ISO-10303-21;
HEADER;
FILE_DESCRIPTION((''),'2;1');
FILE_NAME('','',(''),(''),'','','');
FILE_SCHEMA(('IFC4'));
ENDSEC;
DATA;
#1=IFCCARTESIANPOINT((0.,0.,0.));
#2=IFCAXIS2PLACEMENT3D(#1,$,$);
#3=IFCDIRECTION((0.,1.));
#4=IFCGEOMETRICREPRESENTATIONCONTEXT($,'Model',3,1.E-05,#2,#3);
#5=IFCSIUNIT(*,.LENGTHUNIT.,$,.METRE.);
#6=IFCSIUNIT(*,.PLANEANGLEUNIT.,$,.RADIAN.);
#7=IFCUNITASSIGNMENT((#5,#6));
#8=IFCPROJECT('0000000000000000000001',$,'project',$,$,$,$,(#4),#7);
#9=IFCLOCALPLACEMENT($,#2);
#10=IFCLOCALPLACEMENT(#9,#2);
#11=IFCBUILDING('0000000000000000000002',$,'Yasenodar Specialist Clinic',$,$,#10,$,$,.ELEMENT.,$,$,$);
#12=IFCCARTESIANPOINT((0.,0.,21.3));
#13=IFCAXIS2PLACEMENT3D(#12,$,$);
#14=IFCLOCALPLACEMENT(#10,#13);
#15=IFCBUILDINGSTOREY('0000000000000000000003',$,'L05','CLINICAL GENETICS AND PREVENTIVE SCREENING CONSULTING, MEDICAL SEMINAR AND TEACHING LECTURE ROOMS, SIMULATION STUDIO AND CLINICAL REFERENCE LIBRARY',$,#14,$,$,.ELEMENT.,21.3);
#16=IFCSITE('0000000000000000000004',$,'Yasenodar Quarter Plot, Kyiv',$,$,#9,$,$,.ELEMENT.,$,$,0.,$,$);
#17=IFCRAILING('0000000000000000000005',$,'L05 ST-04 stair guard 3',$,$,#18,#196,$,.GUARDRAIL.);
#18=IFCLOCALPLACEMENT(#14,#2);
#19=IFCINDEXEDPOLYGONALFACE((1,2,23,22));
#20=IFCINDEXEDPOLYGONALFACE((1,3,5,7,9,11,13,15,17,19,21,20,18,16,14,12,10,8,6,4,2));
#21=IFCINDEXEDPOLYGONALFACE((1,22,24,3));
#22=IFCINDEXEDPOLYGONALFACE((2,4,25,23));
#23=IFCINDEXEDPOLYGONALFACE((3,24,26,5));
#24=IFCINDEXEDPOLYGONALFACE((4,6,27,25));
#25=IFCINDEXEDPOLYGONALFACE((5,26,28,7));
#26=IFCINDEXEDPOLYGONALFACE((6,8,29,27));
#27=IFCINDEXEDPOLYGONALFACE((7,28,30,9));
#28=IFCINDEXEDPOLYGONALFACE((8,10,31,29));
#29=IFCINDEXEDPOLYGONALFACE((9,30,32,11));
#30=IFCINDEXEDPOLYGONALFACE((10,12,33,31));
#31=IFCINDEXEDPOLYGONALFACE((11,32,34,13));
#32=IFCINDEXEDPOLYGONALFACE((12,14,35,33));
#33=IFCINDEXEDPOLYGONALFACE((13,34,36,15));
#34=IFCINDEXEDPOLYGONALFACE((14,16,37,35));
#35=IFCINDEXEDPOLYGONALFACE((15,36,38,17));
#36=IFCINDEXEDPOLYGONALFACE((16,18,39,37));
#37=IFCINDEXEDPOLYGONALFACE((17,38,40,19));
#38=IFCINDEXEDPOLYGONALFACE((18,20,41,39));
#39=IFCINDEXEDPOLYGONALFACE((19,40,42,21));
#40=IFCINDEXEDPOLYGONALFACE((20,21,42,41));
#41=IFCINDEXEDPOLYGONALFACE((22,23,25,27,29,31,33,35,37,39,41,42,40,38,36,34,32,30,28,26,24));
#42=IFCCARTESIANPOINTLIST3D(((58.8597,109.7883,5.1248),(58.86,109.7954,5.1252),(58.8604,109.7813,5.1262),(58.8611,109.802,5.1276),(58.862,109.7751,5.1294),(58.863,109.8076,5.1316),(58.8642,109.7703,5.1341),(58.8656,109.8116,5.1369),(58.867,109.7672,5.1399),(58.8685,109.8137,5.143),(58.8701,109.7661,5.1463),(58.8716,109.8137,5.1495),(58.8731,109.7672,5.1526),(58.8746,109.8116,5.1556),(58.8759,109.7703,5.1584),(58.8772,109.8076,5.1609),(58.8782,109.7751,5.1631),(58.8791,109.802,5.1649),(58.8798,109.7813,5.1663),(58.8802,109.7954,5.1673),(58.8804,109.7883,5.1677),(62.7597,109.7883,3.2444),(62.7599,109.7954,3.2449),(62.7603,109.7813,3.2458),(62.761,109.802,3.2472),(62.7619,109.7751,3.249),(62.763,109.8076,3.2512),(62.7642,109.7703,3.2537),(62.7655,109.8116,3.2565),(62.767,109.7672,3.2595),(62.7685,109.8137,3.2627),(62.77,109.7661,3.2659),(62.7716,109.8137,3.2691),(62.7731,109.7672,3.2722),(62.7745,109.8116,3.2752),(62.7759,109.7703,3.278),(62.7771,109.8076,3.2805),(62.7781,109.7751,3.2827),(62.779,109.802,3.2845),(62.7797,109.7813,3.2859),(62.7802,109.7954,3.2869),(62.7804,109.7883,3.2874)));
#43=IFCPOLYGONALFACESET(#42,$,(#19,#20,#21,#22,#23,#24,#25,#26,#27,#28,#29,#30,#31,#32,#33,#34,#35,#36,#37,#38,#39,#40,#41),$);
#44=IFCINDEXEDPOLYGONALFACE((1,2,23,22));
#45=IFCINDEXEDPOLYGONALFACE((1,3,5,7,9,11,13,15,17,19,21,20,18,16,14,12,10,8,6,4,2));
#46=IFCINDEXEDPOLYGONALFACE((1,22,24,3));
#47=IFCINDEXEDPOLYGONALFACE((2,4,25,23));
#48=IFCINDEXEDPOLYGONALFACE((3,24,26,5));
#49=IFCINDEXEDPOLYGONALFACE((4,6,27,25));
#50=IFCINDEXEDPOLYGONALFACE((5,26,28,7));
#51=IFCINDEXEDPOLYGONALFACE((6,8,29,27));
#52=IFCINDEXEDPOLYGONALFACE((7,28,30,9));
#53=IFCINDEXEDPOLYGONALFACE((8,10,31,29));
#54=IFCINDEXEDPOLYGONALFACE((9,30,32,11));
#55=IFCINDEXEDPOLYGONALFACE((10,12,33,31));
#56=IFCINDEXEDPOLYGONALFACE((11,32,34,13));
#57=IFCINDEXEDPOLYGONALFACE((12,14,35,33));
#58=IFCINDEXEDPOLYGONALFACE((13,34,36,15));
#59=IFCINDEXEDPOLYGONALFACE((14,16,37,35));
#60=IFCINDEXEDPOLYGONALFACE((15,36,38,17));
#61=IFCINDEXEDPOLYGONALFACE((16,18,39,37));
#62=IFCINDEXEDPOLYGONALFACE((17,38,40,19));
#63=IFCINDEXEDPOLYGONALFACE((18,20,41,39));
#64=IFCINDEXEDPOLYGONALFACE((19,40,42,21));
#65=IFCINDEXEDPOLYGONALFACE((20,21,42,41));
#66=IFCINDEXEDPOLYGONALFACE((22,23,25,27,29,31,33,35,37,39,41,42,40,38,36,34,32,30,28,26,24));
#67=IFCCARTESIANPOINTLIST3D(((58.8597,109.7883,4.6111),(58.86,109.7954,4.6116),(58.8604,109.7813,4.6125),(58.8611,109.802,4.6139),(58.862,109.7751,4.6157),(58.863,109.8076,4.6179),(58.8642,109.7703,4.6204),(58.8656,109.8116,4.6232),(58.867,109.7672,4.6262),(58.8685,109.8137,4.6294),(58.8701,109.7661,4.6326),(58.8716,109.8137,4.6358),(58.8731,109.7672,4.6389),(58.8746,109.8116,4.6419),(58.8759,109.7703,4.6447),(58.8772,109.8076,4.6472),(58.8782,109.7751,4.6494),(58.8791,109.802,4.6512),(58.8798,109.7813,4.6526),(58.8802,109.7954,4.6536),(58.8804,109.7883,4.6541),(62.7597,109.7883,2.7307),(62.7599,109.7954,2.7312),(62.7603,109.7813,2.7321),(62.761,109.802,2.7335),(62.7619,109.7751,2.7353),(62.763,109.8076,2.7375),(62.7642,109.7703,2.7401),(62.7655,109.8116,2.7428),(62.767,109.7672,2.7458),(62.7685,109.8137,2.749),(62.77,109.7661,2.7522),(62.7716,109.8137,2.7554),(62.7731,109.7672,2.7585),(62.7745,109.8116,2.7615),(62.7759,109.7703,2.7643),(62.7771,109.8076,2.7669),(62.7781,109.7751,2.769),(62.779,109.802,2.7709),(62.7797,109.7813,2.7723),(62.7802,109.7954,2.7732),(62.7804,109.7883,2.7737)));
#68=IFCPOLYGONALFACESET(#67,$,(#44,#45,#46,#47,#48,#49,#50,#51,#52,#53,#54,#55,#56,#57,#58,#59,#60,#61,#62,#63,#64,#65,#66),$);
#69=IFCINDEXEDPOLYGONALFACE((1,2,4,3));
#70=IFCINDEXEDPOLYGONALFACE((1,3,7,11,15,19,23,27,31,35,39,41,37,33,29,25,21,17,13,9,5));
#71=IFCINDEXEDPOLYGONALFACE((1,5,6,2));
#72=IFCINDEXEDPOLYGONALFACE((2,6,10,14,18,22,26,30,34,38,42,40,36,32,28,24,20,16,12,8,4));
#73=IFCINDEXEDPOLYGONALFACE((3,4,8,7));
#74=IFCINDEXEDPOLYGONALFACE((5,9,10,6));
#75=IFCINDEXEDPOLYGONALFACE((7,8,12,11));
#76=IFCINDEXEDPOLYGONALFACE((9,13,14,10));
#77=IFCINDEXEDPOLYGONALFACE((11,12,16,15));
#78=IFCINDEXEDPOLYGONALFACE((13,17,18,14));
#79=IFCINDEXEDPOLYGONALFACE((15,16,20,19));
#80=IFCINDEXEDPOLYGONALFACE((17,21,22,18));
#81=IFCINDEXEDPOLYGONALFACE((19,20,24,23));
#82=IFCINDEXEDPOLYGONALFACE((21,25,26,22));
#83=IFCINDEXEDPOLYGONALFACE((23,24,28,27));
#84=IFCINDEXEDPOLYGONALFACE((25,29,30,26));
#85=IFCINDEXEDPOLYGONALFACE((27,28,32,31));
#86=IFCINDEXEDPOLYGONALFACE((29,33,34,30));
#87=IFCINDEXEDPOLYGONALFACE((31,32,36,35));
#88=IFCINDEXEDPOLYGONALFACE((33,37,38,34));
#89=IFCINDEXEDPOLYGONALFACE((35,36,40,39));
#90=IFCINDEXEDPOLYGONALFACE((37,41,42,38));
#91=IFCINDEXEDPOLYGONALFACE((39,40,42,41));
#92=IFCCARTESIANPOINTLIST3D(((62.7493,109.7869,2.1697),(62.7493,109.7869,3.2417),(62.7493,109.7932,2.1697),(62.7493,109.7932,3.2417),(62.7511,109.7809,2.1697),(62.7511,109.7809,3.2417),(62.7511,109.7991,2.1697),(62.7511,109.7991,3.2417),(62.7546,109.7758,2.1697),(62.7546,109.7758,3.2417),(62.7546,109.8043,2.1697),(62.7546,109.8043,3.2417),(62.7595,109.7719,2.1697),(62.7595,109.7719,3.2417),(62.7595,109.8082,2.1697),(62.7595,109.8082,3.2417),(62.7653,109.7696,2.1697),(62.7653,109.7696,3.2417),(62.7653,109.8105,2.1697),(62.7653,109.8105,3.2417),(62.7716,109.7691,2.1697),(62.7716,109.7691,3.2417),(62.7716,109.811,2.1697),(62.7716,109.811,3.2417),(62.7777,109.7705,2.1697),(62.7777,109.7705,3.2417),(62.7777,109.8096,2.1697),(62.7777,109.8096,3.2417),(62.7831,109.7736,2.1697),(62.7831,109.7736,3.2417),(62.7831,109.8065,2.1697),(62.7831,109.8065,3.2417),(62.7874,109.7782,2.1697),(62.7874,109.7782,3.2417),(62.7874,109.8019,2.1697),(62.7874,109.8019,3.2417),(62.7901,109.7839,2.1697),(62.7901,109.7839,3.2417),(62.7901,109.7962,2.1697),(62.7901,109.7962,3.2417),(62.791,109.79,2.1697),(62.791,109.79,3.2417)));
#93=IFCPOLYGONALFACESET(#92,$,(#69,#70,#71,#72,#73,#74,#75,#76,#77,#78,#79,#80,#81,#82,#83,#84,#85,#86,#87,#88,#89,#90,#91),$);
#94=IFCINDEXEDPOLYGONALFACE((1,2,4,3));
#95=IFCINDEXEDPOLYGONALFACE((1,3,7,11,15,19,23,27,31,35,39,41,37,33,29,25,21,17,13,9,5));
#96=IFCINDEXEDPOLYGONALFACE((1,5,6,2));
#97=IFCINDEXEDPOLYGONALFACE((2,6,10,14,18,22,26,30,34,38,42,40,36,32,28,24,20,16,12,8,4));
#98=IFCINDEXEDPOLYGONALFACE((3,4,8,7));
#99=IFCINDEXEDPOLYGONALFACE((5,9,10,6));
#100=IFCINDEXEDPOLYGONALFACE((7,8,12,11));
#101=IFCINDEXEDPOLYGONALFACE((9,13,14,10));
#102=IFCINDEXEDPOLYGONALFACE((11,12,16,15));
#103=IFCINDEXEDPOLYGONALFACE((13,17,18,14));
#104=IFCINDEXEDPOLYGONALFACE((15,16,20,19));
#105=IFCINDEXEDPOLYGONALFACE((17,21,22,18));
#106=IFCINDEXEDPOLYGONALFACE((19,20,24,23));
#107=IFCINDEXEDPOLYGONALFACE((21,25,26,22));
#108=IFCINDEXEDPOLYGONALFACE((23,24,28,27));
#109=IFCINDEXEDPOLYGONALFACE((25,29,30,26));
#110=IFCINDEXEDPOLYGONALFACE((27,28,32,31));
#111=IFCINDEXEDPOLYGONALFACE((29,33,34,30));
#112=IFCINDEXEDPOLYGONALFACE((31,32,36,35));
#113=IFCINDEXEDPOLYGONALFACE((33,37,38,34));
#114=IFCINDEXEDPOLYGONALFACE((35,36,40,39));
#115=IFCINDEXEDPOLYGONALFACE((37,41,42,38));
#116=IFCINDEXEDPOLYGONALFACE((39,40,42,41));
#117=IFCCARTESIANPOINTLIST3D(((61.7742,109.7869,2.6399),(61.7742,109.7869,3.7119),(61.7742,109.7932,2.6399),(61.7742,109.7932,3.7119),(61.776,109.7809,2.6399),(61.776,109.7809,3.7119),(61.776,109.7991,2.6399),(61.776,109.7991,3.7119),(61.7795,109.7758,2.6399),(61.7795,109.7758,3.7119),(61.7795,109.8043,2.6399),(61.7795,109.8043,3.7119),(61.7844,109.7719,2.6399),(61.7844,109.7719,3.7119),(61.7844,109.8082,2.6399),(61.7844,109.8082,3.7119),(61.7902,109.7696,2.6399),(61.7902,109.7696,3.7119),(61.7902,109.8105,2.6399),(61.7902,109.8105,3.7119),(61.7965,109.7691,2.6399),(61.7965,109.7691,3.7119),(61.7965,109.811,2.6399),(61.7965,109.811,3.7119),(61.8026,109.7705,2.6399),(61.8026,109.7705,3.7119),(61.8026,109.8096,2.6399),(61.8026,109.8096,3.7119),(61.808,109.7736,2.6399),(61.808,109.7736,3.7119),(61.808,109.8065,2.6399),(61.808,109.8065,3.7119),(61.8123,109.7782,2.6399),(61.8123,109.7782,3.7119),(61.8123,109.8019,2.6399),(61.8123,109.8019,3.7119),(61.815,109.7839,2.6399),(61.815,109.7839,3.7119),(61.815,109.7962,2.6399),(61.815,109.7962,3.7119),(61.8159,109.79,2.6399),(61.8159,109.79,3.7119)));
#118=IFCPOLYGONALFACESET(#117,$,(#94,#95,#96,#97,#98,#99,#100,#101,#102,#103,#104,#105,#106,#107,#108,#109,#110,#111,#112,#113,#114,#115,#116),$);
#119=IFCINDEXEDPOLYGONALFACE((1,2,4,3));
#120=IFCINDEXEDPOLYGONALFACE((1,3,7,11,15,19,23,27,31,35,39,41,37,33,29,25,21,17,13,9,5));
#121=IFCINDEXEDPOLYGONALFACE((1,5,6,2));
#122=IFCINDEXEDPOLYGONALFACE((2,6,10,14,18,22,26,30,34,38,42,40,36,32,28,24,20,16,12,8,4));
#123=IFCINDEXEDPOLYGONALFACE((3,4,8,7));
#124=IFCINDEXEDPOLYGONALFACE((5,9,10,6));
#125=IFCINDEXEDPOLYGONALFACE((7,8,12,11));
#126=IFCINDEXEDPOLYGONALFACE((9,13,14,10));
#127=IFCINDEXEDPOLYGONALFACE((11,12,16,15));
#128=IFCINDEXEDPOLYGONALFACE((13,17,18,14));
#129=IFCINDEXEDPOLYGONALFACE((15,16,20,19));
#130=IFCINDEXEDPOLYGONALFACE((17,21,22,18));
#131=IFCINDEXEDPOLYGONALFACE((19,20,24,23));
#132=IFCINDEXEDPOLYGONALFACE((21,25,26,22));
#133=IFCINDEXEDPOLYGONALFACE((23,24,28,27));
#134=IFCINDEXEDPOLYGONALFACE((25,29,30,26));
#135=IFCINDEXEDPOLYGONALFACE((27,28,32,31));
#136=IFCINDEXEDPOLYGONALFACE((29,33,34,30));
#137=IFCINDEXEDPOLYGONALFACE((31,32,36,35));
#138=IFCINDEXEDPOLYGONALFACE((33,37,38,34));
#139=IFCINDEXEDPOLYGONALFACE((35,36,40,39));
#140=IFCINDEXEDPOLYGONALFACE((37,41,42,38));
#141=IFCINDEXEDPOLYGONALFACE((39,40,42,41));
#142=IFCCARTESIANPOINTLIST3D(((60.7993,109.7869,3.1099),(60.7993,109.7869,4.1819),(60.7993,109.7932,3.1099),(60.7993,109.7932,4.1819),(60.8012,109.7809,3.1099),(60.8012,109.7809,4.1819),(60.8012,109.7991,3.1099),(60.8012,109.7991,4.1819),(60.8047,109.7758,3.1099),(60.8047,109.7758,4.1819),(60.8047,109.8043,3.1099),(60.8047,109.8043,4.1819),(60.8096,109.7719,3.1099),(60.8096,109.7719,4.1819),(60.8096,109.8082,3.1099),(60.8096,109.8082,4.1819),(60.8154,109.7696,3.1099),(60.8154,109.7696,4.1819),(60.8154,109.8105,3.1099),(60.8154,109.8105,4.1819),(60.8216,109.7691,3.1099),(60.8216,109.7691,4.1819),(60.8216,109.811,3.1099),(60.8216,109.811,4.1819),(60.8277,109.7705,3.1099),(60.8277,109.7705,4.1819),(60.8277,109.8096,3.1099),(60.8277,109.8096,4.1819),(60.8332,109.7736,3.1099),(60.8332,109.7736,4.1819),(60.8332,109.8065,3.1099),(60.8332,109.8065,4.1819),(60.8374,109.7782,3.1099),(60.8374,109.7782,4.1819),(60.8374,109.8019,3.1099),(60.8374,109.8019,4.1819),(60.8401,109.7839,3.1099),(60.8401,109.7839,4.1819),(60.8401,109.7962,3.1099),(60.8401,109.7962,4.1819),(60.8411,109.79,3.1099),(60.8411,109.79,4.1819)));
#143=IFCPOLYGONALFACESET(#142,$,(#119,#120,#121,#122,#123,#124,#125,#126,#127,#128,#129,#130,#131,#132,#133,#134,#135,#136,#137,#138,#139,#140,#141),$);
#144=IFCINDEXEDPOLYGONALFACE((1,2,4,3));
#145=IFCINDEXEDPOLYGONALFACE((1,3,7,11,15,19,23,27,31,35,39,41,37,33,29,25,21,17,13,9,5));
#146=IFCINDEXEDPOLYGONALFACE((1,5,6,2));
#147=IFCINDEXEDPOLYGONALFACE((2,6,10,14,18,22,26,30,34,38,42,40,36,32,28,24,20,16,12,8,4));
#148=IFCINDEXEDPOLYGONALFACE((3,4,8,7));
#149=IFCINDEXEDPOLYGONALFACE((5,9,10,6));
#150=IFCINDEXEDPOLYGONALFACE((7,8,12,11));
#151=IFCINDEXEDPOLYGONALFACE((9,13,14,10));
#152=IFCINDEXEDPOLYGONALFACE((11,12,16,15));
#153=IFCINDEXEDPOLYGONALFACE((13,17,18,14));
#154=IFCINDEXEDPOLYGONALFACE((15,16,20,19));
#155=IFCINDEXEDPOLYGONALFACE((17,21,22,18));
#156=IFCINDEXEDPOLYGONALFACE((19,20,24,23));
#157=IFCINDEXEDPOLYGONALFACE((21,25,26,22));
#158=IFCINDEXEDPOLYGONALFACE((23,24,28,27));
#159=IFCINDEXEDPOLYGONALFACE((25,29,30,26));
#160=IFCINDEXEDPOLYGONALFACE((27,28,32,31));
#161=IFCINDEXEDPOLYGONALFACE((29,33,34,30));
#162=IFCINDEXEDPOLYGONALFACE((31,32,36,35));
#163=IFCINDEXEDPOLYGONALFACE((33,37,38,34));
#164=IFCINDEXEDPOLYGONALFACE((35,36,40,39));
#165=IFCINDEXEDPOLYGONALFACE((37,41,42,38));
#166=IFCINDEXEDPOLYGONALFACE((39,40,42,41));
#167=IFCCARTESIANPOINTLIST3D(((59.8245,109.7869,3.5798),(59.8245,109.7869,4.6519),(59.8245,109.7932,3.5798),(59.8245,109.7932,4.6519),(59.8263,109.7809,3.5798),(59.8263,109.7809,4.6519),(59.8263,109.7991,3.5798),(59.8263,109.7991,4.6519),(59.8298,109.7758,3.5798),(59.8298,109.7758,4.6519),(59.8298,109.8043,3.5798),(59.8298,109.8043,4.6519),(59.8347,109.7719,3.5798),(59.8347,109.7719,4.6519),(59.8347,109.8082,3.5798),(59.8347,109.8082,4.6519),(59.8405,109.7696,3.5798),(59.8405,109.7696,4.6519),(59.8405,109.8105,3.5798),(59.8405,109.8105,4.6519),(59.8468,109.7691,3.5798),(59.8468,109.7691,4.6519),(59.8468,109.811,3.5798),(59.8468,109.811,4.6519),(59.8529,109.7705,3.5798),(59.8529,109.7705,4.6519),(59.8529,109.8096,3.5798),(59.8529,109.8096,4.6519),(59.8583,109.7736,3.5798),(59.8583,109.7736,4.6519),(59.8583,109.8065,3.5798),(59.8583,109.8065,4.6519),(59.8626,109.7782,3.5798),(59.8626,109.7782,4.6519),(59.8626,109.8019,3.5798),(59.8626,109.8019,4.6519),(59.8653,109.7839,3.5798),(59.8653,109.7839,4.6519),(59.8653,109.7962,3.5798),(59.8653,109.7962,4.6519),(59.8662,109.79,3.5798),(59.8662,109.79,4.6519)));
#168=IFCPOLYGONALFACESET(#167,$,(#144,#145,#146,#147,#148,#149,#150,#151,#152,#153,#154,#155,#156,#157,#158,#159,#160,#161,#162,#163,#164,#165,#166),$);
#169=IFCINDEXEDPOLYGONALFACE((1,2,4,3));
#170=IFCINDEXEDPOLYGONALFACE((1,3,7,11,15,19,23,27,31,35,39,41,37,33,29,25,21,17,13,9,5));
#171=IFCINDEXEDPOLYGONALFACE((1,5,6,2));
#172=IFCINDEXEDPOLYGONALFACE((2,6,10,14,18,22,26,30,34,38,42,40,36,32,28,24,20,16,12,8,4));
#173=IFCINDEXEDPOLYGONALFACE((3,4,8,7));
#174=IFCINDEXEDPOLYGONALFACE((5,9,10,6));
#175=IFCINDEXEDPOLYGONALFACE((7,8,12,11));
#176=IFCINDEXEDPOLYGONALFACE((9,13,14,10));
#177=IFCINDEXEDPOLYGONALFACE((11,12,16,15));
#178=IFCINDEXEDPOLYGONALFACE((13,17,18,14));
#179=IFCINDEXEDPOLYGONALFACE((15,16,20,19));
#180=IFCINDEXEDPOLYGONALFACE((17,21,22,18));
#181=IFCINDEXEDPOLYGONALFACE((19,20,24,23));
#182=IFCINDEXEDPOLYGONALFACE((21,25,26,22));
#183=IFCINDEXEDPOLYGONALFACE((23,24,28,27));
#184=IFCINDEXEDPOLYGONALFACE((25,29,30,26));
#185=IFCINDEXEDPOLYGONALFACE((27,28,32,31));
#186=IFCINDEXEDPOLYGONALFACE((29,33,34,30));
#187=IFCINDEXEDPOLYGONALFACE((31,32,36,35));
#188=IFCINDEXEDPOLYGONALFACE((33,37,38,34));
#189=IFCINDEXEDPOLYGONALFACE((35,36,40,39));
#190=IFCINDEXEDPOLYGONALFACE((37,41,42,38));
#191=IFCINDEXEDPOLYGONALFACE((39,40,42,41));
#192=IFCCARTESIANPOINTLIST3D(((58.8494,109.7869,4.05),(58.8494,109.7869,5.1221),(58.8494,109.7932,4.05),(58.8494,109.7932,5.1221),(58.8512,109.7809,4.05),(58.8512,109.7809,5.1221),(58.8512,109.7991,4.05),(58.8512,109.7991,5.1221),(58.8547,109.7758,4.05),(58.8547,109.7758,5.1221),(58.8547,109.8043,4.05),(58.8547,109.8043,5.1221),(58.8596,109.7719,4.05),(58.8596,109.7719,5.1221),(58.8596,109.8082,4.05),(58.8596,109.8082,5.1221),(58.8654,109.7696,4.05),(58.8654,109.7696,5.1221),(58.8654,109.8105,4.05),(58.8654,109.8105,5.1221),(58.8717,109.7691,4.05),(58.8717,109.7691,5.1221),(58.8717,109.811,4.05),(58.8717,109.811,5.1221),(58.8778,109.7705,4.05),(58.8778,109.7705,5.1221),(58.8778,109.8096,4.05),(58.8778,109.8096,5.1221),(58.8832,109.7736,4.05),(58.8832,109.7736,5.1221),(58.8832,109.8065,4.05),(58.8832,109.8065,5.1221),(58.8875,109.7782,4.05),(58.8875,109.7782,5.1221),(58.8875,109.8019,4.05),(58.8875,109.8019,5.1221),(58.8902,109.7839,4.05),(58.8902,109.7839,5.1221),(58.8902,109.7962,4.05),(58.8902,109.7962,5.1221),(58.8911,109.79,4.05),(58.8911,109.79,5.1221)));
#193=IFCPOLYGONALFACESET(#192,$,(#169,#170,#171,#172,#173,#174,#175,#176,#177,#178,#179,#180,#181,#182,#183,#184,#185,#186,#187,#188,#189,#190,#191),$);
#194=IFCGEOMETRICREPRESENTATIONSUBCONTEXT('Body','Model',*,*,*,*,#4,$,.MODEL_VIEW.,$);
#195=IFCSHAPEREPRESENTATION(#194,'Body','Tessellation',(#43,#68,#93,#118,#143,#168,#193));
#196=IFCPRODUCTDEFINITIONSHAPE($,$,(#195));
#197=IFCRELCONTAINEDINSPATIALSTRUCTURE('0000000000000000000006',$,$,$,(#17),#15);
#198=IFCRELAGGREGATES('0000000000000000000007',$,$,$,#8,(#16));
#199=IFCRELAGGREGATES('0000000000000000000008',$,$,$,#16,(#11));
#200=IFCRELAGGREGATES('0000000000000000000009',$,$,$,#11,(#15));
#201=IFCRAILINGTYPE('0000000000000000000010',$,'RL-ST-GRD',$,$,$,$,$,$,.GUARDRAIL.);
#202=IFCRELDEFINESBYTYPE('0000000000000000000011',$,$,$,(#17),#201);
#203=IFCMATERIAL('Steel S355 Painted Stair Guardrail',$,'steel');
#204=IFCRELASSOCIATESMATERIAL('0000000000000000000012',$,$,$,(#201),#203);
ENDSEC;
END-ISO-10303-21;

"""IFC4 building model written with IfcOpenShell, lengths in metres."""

from ifc_helpers import new_model, si_unit, direction, frame, origin, origin_2d, place, context, subcontext, project, spatial, circle, extrude, material, type_object, element, save


model = new_model("IFC4")

# Units and contexts
model_context = context("Model", 3, precision=1e-05, world=origin(), true_north=direction((0.0, 1.0)))
body_context = subcontext(model_context, "Body", "Model", "MODEL_VIEW")
ifc_project = project(units=[si_unit("LENGTHUNIT", "METRE"), si_unit("PLANEANGLEUNIT", "RADIAN")], contexts=[model_context])

# Site, building, storey
site_placement = place(None, origin())
site = spatial("IfcSite", under=ifc_project, at=site_placement, Name="Yasenodar Quarter Plot, Kyiv", CompositionType="ELEMENT", RefElevation=0.0)
building_placement = place(site_placement, origin())
building = spatial("IfcBuilding", under=site, at=building_placement, Name="Yasenodar Specialist Clinic", CompositionType="ELEMENT")
storey_placement = place(building_placement, frame((0.0, 0.0, 21.3)))
storey = spatial("IfcBuildingStorey", under=building, at=storey_placement, Name="L05", Description="CLINICAL GENETICS AND PREVENTIVE SCREENING CONSULTING, MEDICAL SEMINAR AND TEACHING LECTURE ROOMS, SIMULATION STUDIO AND CLINICAL REFERENCE LIBRARY", CompositionType="ELEMENT", Elevation=21.3)

# Railing
ifc_material_1 = material(Name="Steel S355 Painted Stair Guardrail", Category="steel")
railing_type_1 = type_object("IfcRailingType", Name="RL-ST-GRD", PredefinedType="GUARDRAIL", material=ifc_material_1)
railing_1_placement = place(storey_placement, frame((62.77, 109.79, 2.1697)))
element("IfcRailing", 1, at=railing_1_placement, inside=storey, type_object=railing_type_1, Name="L05 ST-04 stair guard 3", PredefinedType="GUARDRAIL", context=body_context, shape_type="SweptSolid", body=[
    extrude(circle(Radius=0.0239, at=origin_2d()), frame((0.0, 0.0, 1.0962), z_axis=(-0.900763, 0.0, 0.434311), x_axis=(0.0, -1.0, 0.0)), (0.0, 0.0, 1.0), 4.3296),
    extrude(circle(Radius=0.0239, at=origin_2d()), frame((0.0, 0.0, 0.5825), z_axis=(-0.900763, 0.0, 0.434311), x_axis=(0.0, -1.0, 0.0)), (0.0, 0.0, 1.0), 4.3296),
    extrude(circle(Radius=0.021, at=origin_2d()), origin(), (0.0, 0.0, 1.0), 1.072),
    extrude(circle(Radius=0.021, at=origin_2d()), frame((-0.9751, 0.0, 0.4702)), (0.0, 0.0, 1.0), 1.072),
    extrude(circle(Radius=0.021, at=origin_2d()), frame((-1.95, 0.0, 0.9402)), (0.0, 0.0, 1.0), 1.072),
    extrude(circle(Radius=0.021, at=origin_2d()), frame((-2.9248, 0.0, 1.4102)), (0.0, 0.0, 1.0), 1.072),
    extrude(circle(Radius=0.021, at=origin_2d()), frame((-3.8999, 0.0, 1.8804)), (0.0, 0.0, 1.0), 1.072),
])

save(model, "model.ifc")
